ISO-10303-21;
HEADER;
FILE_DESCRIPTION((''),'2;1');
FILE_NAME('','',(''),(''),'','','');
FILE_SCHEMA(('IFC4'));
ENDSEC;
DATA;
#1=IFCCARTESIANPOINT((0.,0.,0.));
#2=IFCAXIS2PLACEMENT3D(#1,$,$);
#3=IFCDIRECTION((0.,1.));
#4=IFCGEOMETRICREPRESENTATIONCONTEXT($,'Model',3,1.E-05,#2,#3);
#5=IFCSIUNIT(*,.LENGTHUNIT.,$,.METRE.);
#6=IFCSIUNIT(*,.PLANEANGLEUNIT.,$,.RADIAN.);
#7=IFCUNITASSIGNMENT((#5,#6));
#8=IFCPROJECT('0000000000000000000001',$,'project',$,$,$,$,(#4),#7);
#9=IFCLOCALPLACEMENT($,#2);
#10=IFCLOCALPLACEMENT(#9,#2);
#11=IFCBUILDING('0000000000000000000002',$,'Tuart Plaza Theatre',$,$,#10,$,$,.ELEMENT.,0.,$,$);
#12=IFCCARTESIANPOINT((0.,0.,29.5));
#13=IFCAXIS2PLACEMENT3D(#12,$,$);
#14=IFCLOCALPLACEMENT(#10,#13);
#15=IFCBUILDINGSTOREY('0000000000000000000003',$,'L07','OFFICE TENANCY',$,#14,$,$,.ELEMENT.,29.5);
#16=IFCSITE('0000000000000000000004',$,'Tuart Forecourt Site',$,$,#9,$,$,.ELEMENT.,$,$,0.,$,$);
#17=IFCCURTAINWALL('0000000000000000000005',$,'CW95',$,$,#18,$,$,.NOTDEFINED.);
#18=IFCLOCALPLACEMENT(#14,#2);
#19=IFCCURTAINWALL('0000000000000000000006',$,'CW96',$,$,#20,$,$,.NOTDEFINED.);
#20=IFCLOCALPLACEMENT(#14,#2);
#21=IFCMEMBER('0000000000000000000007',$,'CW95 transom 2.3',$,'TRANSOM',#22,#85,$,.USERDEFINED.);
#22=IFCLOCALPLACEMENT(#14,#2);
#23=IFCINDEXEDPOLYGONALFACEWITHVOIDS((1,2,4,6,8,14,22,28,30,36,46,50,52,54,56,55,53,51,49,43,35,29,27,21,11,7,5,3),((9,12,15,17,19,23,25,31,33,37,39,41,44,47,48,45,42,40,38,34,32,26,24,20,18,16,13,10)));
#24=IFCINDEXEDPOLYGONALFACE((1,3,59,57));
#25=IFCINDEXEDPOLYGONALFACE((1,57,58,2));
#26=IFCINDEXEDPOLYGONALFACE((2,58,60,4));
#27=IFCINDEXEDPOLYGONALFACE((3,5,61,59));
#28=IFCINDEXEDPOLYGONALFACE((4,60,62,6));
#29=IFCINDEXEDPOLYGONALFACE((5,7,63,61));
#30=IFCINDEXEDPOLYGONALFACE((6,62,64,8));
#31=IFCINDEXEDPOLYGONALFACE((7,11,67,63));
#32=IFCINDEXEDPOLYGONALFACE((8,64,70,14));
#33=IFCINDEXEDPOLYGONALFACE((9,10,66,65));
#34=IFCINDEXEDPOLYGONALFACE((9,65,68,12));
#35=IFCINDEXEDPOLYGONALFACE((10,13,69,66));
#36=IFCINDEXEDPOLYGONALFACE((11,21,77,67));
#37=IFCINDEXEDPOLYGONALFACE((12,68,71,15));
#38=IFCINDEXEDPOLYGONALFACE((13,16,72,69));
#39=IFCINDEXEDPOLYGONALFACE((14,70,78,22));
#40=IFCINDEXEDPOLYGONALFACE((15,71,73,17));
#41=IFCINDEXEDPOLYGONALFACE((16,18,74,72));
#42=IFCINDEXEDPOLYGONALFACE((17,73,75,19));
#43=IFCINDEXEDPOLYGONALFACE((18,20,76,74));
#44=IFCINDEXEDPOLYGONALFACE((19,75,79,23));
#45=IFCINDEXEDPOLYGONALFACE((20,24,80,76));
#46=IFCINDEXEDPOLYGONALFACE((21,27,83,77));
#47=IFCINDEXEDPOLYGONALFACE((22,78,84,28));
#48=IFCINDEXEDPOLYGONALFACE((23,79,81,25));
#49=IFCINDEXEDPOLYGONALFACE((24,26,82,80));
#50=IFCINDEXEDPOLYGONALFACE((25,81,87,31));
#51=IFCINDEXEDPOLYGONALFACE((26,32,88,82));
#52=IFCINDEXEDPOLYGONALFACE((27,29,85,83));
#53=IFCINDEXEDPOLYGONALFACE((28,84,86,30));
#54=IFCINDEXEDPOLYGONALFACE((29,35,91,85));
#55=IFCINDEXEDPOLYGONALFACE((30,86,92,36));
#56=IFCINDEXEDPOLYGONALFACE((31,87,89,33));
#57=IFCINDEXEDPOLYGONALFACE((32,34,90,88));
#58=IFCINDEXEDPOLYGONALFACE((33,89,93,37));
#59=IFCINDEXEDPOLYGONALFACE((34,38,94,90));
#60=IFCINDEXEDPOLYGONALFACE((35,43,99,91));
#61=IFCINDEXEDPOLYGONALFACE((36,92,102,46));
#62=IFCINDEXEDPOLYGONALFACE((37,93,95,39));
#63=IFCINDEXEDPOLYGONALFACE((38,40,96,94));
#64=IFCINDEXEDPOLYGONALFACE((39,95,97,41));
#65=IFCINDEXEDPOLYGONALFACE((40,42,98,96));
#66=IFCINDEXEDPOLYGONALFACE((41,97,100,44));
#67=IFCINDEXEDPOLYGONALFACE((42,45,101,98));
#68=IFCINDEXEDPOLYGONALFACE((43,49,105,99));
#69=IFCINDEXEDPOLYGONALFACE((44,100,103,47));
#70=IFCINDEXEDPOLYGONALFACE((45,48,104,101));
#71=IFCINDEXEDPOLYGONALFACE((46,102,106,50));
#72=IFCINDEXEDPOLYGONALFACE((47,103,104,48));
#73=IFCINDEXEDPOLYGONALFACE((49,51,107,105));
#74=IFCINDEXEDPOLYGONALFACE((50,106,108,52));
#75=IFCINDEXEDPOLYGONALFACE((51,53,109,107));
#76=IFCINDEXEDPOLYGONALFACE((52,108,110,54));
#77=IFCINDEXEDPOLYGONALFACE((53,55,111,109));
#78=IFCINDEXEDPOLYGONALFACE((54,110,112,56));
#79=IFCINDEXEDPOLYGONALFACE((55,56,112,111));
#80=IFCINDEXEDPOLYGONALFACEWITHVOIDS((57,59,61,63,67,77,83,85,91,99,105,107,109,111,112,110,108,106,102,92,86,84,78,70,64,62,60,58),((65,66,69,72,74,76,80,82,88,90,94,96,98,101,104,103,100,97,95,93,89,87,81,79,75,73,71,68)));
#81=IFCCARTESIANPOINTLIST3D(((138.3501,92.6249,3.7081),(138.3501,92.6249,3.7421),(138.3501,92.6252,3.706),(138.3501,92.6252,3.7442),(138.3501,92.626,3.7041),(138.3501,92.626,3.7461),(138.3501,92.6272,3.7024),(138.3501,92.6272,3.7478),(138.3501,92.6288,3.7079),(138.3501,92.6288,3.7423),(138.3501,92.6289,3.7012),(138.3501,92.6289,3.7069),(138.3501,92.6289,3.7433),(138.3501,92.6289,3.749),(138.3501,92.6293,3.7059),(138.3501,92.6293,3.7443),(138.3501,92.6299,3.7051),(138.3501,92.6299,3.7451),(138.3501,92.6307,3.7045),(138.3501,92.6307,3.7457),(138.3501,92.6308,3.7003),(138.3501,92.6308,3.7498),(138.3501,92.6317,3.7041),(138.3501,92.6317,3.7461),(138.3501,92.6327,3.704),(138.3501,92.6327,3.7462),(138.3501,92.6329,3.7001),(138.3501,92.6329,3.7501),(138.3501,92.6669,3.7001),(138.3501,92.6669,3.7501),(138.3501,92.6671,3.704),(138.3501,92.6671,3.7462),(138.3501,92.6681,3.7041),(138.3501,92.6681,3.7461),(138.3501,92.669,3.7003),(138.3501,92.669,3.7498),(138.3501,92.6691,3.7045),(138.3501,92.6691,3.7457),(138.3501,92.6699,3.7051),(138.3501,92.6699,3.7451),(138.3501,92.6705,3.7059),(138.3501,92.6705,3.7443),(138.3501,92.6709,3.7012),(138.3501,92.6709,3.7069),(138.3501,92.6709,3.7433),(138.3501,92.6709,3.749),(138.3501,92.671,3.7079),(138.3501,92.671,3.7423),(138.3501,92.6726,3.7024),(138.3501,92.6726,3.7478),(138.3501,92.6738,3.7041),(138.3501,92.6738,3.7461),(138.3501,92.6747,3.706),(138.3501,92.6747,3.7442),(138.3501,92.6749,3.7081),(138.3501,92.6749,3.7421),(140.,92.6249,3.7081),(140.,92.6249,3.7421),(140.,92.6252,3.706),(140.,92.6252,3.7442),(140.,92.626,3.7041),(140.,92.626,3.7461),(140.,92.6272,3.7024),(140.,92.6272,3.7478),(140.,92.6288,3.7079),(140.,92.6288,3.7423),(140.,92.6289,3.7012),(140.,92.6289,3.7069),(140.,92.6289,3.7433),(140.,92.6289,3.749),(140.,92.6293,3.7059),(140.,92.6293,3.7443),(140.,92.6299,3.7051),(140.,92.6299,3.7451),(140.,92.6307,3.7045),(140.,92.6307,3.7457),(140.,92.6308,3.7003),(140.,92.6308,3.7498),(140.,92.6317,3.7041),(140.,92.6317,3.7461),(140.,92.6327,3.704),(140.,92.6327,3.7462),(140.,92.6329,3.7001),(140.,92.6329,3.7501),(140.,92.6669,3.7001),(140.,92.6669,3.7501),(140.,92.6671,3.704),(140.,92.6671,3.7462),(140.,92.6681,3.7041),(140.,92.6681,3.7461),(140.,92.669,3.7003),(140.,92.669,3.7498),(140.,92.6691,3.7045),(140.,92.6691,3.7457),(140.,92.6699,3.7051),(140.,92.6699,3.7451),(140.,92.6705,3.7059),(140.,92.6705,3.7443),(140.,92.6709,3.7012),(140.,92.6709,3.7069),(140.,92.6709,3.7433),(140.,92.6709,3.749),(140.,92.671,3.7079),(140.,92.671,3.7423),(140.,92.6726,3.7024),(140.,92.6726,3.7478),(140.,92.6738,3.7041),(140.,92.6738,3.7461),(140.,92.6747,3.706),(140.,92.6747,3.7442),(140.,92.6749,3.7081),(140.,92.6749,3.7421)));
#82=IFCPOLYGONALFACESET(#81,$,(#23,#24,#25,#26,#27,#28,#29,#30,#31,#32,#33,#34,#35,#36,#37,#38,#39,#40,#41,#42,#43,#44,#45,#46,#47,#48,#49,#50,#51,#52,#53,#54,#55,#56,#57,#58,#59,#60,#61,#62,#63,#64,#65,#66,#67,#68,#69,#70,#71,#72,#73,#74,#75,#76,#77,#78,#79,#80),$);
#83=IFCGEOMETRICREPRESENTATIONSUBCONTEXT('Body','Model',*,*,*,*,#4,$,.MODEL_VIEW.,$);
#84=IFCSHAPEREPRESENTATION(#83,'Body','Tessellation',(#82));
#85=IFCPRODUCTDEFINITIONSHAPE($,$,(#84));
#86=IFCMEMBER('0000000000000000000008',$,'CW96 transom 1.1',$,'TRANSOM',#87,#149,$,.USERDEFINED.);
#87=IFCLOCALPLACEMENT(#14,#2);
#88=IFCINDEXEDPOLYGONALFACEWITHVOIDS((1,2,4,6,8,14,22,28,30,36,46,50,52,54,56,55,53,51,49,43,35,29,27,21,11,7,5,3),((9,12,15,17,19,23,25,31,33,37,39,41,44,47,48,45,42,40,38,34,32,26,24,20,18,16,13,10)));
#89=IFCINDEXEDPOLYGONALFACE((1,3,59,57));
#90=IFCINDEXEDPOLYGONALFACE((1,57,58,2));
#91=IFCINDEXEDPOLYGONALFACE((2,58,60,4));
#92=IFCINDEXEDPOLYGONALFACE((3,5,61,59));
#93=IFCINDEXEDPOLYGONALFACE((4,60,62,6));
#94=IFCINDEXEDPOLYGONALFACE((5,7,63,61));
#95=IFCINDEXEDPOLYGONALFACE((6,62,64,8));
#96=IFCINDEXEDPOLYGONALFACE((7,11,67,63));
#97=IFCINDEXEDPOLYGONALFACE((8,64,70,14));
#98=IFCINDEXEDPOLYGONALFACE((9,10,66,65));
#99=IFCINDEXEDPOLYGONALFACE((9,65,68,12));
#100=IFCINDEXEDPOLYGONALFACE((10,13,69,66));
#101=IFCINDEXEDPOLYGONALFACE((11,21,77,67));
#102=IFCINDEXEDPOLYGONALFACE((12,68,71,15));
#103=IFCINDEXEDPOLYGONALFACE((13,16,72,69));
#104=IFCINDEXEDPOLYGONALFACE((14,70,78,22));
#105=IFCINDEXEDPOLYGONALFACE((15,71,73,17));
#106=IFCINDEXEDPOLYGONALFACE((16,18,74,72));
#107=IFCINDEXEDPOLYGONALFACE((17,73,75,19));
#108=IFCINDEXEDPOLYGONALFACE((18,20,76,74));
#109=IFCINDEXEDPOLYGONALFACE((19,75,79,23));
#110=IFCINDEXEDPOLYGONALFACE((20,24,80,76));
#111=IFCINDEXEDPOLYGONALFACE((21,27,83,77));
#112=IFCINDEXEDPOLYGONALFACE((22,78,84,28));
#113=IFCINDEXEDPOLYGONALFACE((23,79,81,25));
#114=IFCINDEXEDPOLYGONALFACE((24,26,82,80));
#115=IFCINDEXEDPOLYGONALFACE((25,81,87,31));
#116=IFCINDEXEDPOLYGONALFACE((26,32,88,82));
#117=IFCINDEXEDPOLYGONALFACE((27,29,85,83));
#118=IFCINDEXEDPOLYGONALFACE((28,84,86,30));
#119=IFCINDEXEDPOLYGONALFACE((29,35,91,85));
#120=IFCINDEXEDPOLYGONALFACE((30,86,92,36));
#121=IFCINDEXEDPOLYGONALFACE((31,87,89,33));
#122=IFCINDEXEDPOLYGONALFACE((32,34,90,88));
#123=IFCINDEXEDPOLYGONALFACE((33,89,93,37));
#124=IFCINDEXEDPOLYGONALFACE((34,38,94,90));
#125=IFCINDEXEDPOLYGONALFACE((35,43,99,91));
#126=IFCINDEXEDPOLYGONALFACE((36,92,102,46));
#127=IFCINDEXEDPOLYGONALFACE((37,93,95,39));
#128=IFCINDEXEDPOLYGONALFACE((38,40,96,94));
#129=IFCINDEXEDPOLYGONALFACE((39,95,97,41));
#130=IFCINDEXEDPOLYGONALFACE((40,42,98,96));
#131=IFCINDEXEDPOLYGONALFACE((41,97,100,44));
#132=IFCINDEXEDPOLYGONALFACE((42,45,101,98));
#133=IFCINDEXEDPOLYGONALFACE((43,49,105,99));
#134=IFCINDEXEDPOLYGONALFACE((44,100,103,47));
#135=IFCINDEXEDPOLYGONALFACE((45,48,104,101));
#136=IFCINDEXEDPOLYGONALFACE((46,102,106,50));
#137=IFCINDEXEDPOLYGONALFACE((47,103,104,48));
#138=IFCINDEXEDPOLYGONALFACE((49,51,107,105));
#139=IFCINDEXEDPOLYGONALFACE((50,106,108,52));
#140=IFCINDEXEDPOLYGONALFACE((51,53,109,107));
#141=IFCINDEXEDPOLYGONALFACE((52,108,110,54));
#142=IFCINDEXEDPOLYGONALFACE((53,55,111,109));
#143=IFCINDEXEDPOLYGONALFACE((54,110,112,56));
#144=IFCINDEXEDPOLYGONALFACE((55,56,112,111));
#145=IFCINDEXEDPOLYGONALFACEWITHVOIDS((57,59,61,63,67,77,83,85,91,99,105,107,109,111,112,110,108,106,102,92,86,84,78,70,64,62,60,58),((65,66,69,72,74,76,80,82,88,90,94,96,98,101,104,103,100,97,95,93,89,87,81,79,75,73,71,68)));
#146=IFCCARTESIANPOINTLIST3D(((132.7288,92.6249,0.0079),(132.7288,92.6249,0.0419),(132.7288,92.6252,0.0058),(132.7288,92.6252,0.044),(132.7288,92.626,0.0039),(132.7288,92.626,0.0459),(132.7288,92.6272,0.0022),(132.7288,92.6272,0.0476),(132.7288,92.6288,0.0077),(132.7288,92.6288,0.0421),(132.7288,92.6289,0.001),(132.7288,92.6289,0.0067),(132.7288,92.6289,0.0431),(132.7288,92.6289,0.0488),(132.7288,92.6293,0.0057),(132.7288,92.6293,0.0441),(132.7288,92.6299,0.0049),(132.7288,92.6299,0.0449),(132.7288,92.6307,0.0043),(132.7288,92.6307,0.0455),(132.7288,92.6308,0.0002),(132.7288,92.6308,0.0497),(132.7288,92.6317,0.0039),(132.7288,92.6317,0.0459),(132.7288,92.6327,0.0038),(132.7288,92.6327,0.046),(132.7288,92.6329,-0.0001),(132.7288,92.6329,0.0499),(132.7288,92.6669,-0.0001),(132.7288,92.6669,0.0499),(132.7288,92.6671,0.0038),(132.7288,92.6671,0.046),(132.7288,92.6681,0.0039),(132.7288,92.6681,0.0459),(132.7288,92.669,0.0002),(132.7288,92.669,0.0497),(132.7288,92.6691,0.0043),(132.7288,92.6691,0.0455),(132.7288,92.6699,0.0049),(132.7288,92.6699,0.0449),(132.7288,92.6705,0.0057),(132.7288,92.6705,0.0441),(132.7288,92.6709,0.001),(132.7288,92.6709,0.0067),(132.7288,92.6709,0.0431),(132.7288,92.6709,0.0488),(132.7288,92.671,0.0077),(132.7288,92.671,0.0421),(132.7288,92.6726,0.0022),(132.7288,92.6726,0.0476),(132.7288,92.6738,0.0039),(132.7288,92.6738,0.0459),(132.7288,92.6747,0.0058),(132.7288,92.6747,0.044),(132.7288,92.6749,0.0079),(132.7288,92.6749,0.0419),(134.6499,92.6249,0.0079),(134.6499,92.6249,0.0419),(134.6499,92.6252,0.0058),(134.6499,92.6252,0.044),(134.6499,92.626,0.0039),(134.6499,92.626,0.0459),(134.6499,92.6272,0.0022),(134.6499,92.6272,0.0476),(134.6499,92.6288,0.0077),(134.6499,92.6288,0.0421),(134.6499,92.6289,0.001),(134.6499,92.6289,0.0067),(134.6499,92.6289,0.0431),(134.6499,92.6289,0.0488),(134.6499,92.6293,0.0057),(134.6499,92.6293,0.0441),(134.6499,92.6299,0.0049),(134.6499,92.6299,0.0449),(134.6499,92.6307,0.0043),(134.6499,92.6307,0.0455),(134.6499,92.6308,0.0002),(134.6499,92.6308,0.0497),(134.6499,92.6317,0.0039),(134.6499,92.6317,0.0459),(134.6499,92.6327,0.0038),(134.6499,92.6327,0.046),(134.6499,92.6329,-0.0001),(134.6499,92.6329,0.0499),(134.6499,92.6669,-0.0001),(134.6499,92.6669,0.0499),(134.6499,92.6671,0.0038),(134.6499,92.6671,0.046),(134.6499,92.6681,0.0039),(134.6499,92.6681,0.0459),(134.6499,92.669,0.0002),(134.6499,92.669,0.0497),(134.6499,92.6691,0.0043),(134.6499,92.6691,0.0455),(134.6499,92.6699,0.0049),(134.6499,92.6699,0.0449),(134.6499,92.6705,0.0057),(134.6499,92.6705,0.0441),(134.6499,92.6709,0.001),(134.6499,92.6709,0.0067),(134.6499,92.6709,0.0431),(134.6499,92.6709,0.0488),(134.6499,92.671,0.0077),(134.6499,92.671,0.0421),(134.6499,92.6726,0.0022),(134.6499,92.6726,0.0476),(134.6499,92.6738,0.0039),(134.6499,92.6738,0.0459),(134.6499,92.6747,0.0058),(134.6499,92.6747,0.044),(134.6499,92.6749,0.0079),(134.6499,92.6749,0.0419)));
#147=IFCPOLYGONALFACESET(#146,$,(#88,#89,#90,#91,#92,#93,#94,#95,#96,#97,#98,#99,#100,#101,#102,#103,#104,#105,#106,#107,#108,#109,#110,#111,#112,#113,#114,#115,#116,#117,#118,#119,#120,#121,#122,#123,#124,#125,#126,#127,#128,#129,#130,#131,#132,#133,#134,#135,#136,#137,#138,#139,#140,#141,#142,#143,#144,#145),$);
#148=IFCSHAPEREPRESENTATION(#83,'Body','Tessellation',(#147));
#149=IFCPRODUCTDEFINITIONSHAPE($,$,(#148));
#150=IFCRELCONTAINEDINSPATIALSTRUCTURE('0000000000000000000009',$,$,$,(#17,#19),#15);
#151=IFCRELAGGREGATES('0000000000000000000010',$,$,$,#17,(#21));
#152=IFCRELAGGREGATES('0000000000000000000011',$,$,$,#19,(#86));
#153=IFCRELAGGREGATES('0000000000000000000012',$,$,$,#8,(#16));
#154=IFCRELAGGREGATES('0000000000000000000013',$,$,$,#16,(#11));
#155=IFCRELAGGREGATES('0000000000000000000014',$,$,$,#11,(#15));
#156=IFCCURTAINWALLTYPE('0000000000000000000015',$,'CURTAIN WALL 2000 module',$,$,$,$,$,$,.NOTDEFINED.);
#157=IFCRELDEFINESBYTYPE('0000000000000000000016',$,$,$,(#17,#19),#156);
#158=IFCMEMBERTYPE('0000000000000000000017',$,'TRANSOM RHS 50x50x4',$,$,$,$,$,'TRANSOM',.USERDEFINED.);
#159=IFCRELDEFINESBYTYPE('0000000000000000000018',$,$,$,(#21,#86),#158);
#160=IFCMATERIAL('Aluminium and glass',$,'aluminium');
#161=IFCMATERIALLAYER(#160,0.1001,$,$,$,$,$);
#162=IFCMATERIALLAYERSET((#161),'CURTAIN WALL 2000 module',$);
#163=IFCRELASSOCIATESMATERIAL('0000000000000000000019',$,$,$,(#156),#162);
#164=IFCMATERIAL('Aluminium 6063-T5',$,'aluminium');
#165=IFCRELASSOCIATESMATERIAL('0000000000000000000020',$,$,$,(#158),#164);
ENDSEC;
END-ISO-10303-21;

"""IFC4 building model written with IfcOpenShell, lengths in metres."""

from ifc_helpers import new_model, si_unit, direction, frame, origin, origin_2d, place, context, subcontext, project, spatial, hollow_rectangle, extrude, material, layer, layer_set, material_profile, profile_set, type_object, element, aggregate, save


model = new_model("IFC4")

# Units and contexts
model_context = context("Model", 3, precision=1e-05, world=origin(), true_north=direction((0.0, 1.0)))
body_context = subcontext(model_context, "Body", "Model", "MODEL_VIEW")
ifc_project = project(units=[si_unit("LENGTHUNIT", "METRE"), si_unit("PLANEANGLEUNIT", "RADIAN")], contexts=[model_context])

# Site, building, storey
site_placement = place(None, origin())
site = spatial("IfcSite", under=ifc_project, at=site_placement, Name="Tuart Forecourt Site", CompositionType="ELEMENT", RefElevation=0.0)
building_placement = place(site_placement, origin())
building = spatial("IfcBuilding", under=site, at=building_placement, Name="Tuart Plaza Theatre", CompositionType="ELEMENT", ElevationOfRefHeight=0.0)
storey_placement = place(building_placement, frame((0.0, 0.0, 29.5)))
storey = spatial("IfcBuildingStorey", under=building, at=storey_placement, Name="L07", Description="OFFICE TENANCY", CompositionType="ELEMENT", Elevation=29.5)

# Curtain walls
ifc_material_1 = material(Name="Aluminium and glass", Category="aluminium")
ifc_layer_1 = layer(ifc_material_1, 0.1001)
ifc_layer_set_1 = layer_set([ifc_layer_1], Name="CURTAIN WALL 2000 module")
curtain_wall_type = type_object("IfcCurtainWallType", Name="CURTAIN WALL 2000 module", PredefinedType="NOTDEFINED", material=ifc_layer_set_1)
curtain_wall_1_placement = place(storey_placement, origin())
curtain_wall_1 = element("IfcCurtainWall", 1, at=curtain_wall_1_placement, inside=storey, type_object=curtain_wall_type, Name="CW95", PredefinedType="NOTDEFINED")
curtain_wall_2_placement = place(storey_placement, origin())
curtain_wall_2 = element("IfcCurtainWall", 2, at=curtain_wall_2_placement, inside=storey, type_object=curtain_wall_type, Name="CW96", PredefinedType="NOTDEFINED")

# Members
ifc_material_2 = material(Name="Aluminium 6063-T5", Category="aluminium")
ifc_material_profile_1 = material_profile(ifc_material_2, hollow_rectangle(XDim=0.05, YDim=0.05, WallThickness=0.0039, InnerFilletRadius=0.0039, OuterFilletRadius=0.0081, at=origin_2d()), Name="RHS 50x50x4")
ifc_profile_set_1 = profile_set([ifc_material_profile_1], Name="Aluminium 6063-T5")
member_type_1 = type_object("IfcMemberType", Name="TRANSOM RHS 50x50x4", ElementType="TRANSOM", PredefinedType="USERDEFINED", material=ifc_profile_set_1)
member_1_placement = place(storey_placement, frame((140.0, 92.6499, 3.7251), z_axis=(-1.0, 0.0, 0.0), x_axis=(0.0, -1.0, 0.0)))
member_1 = element("IfcMember", 3, at=member_1_placement, type_object=member_type_1, Name="CW95 transom 2.3", ObjectType="TRANSOM", PredefinedType="USERDEFINED", context=body_context, shape_type="SweptSolid", body=[
    extrude(hollow_rectangle(XDim=0.05, YDim=0.05, WallThickness=0.0039, InnerFilletRadius=0.0039, OuterFilletRadius=0.0081, at=origin_2d()), origin(), (0.0, 0.0, 1.0), 1.6499),
])
member_2_placement = place(storey_placement, frame((134.6499, 92.6499, 0.0249), z_axis=(-1.0, 0.0, 0.0), x_axis=(0.0, -1.0, 0.0)))
member_2 = element("IfcMember", 4, at=member_2_placement, type_object=member_type_1, Name="CW96 transom 1.1", ObjectType="TRANSOM", PredefinedType="USERDEFINED", context=body_context, shape_type="SweptSolid", body=[
    extrude(hollow_rectangle(XDim=0.05, YDim=0.05, WallThickness=0.0039, InnerFilletRadius=0.0039, OuterFilletRadius=0.0081, at=origin_2d()), origin(), (0.0, 0.0, 1.0), 1.9211),
])

aggregate(curtain_wall_1, [member_1])
aggregate(curtain_wall_2, [member_2])

save(model, "model.ifc")
